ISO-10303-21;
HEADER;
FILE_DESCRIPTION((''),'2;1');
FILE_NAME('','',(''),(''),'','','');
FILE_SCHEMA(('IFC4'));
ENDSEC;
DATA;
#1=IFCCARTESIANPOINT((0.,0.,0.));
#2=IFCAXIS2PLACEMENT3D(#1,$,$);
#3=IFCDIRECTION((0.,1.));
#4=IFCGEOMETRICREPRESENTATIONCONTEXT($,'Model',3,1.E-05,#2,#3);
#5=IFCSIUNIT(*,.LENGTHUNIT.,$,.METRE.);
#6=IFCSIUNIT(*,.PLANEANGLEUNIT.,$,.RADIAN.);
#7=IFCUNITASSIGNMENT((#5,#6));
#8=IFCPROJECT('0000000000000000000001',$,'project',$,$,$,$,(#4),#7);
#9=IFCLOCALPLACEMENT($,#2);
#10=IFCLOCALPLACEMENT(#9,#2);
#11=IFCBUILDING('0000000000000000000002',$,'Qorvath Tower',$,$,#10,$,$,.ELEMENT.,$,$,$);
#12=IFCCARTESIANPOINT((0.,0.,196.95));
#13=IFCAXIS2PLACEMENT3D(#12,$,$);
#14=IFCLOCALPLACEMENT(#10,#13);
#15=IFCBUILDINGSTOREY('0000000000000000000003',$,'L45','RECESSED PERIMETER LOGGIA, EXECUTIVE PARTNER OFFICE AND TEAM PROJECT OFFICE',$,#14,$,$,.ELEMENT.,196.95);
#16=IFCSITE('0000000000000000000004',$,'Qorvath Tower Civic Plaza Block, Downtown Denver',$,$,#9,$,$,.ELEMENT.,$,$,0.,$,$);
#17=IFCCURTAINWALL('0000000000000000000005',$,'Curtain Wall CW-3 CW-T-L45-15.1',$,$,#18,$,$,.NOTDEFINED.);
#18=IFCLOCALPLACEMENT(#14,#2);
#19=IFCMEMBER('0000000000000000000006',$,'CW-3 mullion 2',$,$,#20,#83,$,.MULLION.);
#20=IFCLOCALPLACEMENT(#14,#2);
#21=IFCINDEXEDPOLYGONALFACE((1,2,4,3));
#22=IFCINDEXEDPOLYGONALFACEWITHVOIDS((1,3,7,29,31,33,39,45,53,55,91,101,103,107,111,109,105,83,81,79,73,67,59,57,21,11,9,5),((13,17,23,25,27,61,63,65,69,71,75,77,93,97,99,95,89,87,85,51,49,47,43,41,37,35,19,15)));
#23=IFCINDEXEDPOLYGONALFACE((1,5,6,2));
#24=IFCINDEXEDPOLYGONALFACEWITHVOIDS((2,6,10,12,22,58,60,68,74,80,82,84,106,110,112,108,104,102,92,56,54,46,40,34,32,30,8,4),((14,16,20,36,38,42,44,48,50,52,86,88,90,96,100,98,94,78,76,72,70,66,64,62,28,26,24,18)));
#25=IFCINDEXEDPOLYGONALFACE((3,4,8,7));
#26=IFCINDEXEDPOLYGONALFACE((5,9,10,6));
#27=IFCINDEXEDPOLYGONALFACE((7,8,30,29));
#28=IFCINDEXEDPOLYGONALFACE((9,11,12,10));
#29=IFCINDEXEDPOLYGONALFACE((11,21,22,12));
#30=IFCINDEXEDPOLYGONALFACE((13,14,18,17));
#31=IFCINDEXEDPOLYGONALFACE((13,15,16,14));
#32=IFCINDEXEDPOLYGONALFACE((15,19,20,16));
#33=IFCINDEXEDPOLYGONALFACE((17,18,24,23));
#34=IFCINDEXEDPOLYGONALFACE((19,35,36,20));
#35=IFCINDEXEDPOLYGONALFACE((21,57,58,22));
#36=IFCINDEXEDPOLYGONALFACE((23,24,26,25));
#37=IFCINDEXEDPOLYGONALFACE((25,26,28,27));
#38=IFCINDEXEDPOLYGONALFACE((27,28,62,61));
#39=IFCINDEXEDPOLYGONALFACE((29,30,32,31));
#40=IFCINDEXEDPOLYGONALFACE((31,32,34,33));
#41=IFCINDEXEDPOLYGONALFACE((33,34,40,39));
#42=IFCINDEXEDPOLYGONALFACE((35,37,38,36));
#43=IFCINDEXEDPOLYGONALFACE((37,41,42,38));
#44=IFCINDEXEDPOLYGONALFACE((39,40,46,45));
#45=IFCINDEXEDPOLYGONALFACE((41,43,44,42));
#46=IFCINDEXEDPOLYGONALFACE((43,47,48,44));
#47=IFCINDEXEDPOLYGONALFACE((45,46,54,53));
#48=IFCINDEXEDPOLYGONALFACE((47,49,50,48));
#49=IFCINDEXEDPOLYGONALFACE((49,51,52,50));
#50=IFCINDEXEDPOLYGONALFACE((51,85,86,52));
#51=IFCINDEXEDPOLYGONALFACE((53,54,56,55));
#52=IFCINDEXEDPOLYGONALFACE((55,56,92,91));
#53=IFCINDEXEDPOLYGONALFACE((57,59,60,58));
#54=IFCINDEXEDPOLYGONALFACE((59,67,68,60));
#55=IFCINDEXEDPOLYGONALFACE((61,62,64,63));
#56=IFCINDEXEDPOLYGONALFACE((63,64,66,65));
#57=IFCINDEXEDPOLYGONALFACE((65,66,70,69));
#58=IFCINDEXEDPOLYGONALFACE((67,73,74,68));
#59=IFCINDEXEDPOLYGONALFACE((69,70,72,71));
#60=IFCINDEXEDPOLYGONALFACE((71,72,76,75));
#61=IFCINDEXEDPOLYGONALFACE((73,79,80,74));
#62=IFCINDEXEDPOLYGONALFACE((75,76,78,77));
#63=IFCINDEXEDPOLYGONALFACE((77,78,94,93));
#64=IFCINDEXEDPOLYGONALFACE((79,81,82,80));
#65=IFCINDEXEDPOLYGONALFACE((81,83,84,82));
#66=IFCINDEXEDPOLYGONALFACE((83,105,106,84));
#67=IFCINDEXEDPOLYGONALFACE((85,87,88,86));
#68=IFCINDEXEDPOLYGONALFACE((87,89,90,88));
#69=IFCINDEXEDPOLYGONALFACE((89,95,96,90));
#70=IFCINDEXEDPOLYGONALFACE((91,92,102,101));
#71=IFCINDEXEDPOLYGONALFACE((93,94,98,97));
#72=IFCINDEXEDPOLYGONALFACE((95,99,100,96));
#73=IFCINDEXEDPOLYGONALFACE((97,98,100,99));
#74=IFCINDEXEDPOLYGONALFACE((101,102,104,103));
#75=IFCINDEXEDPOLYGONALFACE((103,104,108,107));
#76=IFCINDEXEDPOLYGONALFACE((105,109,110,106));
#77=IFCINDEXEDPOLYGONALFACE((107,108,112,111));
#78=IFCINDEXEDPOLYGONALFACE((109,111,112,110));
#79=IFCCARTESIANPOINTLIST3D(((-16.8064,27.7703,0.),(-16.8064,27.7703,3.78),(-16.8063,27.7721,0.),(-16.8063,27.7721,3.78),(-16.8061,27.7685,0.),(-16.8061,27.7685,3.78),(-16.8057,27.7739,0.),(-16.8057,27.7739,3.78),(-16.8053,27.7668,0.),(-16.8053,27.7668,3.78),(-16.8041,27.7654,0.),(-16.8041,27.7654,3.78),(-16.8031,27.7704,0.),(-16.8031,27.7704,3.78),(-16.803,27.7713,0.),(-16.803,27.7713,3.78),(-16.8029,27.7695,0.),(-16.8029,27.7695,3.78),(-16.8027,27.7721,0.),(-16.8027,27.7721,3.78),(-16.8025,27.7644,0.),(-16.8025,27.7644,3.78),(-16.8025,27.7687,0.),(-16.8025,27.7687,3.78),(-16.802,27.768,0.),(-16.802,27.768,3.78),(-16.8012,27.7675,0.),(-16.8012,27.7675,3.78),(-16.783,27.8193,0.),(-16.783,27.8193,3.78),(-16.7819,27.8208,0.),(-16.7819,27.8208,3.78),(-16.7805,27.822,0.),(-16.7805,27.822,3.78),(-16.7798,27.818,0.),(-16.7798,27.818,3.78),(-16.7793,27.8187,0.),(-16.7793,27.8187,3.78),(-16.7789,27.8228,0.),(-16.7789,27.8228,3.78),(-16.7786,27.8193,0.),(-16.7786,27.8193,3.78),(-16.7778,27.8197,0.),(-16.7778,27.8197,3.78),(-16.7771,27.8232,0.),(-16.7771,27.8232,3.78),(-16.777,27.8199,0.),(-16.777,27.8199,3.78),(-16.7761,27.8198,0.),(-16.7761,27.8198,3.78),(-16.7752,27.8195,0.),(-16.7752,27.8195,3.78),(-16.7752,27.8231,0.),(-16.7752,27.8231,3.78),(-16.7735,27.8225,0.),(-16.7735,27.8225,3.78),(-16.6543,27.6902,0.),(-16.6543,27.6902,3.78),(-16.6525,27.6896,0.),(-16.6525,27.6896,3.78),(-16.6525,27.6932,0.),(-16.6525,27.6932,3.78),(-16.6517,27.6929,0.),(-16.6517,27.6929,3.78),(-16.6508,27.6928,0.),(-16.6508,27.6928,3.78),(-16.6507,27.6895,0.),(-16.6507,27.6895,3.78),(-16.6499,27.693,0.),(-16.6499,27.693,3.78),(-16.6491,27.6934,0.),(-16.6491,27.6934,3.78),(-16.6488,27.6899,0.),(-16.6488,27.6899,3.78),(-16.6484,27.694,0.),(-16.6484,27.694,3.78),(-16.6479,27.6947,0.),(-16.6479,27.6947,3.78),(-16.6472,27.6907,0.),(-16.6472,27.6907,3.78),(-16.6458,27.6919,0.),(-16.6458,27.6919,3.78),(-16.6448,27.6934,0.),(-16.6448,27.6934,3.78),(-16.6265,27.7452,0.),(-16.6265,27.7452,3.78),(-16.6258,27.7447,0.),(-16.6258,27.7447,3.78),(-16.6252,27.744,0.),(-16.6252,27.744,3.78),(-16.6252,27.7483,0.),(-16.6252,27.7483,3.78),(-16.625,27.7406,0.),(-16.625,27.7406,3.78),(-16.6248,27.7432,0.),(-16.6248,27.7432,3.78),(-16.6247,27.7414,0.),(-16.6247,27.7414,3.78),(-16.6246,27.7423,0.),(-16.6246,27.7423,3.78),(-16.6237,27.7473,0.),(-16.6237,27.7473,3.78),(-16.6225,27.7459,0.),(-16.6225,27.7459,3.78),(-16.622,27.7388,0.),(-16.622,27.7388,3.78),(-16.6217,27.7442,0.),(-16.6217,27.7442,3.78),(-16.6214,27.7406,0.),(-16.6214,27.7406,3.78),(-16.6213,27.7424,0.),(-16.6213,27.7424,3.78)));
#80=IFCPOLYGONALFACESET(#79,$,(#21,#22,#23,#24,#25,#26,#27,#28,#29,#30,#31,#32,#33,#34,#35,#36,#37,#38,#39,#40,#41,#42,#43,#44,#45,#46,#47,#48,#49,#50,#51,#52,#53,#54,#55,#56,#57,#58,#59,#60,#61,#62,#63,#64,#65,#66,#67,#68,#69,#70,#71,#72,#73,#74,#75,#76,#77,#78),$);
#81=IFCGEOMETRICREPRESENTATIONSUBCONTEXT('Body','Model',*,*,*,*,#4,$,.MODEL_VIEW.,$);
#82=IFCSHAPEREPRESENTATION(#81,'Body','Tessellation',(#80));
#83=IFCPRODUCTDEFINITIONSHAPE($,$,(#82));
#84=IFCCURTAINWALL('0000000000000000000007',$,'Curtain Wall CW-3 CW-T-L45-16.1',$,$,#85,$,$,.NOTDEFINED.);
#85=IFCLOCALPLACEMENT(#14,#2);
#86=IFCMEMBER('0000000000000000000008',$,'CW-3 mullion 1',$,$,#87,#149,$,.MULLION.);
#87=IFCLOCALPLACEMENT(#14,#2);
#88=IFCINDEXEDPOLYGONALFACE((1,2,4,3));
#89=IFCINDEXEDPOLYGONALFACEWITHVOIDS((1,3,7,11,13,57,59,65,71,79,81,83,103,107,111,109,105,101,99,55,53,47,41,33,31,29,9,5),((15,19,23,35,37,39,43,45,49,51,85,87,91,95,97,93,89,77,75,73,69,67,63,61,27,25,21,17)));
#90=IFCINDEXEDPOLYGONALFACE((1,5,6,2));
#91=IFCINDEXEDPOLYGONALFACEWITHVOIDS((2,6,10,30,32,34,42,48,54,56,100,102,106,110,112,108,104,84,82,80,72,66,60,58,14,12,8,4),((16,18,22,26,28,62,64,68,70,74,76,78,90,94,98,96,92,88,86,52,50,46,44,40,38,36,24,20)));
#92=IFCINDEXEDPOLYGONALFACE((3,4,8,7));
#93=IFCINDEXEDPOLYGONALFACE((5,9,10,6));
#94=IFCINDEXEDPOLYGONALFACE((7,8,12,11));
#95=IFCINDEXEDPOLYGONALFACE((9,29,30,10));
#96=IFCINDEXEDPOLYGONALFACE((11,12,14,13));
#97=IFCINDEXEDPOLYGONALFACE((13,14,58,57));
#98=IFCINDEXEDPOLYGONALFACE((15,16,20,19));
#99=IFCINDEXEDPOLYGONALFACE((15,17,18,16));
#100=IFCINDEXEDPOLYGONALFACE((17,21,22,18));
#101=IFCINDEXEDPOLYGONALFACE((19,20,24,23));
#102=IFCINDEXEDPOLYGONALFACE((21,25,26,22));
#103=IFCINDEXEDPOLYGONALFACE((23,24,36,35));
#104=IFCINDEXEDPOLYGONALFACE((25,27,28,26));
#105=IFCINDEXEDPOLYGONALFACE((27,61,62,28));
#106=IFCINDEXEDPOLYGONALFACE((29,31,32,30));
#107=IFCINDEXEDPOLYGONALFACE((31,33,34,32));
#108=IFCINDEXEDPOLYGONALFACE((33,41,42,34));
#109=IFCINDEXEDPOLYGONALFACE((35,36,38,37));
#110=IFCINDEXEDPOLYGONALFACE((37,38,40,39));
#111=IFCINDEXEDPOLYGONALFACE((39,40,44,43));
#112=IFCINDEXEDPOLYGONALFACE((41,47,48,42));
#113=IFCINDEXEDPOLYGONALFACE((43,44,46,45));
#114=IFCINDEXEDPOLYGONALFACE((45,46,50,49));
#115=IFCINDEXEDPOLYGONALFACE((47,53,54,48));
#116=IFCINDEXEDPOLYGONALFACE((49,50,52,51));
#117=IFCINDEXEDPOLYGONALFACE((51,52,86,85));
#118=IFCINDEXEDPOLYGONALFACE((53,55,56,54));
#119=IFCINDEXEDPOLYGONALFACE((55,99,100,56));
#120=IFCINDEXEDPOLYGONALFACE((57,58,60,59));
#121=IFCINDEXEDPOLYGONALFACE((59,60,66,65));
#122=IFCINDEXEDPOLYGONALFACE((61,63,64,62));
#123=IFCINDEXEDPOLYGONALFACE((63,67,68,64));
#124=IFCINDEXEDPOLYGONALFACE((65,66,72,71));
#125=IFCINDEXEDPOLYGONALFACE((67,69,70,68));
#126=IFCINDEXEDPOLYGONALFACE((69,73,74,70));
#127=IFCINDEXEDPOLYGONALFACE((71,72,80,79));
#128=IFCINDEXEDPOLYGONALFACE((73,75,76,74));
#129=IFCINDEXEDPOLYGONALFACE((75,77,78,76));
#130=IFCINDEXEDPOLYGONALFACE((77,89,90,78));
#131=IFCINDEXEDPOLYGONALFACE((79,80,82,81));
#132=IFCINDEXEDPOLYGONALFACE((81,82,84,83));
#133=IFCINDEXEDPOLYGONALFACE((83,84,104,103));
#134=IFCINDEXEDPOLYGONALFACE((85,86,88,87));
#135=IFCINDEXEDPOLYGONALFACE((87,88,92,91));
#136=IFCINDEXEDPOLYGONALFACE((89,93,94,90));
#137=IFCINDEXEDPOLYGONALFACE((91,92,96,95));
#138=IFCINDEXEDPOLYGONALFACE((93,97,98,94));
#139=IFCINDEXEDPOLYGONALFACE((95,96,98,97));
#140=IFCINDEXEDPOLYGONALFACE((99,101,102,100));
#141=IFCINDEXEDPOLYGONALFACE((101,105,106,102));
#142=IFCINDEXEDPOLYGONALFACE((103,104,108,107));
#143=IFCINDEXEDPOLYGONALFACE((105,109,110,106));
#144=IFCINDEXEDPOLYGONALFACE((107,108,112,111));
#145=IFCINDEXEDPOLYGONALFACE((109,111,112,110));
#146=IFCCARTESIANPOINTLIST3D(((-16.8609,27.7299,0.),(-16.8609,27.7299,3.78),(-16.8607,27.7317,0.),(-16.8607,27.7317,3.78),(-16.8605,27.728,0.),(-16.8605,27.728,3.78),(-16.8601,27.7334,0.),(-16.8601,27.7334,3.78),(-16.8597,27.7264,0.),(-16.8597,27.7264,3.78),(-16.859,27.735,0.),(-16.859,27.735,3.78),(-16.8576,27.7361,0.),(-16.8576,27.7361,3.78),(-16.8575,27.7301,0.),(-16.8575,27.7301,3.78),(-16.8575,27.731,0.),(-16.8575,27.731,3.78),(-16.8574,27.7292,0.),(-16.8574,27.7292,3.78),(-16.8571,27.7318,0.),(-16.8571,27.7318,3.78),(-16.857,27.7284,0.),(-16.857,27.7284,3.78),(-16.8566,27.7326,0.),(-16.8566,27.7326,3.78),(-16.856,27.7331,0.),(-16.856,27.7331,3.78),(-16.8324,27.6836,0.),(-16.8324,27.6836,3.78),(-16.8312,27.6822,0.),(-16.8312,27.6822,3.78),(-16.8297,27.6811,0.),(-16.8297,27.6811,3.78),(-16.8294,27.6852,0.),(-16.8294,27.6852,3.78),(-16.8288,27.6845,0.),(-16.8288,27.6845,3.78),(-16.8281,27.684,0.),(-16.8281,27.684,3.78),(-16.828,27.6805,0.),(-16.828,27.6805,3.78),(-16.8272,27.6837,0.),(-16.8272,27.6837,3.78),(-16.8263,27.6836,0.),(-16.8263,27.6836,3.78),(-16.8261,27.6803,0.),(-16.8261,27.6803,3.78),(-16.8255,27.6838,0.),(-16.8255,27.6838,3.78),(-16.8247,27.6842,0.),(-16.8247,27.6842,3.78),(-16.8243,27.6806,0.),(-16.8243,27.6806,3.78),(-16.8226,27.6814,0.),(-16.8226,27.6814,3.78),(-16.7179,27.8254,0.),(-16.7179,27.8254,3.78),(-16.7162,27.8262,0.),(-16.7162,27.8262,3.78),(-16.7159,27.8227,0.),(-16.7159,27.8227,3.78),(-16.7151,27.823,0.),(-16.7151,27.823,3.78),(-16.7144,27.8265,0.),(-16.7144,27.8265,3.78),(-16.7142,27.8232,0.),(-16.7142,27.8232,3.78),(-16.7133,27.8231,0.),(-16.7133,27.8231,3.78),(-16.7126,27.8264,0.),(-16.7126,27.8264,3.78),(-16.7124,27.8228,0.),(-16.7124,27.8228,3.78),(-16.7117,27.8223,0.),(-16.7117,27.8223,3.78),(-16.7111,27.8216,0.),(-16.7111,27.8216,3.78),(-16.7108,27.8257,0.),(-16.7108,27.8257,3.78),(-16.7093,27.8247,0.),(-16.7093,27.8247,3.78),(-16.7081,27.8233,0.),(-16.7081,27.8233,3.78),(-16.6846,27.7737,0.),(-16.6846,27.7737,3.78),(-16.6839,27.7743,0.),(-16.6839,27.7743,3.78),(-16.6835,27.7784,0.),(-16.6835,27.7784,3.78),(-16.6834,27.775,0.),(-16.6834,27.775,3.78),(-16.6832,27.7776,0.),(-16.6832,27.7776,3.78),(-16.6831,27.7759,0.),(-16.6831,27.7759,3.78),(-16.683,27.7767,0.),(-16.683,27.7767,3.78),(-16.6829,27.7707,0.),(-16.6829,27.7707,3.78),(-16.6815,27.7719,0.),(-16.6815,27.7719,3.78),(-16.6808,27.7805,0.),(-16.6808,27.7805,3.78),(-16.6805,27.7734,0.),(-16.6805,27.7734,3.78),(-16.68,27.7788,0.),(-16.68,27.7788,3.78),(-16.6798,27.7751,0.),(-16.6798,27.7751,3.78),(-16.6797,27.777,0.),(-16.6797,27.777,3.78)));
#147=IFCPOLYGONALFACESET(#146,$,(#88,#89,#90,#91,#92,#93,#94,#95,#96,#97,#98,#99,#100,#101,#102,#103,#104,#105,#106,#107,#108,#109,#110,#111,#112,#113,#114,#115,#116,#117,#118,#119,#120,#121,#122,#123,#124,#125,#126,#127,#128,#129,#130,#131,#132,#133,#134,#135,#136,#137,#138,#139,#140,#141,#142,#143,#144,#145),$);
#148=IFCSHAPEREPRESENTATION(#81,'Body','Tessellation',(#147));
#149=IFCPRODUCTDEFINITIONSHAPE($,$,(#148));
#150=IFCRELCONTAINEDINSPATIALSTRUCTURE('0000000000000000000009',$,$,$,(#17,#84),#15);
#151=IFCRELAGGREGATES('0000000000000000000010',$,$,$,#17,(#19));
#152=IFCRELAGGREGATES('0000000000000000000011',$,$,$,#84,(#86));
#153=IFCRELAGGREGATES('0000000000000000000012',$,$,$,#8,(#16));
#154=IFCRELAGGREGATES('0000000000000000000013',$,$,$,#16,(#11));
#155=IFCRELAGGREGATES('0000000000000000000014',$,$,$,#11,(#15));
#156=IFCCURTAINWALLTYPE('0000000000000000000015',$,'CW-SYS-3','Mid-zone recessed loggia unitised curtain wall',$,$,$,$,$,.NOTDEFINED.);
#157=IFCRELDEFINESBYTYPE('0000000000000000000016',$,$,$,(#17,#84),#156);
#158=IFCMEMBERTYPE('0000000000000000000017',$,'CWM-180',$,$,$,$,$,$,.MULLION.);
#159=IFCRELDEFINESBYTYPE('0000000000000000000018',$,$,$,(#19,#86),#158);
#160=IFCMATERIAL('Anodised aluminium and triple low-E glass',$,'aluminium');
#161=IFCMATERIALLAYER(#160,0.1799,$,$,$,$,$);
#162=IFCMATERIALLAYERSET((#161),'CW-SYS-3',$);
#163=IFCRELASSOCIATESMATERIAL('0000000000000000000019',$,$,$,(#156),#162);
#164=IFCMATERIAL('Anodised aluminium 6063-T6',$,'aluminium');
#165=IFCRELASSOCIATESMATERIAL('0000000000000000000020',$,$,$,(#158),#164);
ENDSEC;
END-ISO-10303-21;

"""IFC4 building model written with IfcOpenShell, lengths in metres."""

from ifc_helpers import new_model, si_unit, direction, frame, origin, origin_2d, place, context, subcontext, project, spatial, hollow_rectangle, extrude, material, layer, layer_set, material_profile, profile_set, type_object, element, aggregate, save


model = new_model("IFC4")

# Units and contexts
model_context = context("Model", 3, precision=1e-05, world=origin(), true_north=direction((0.0, 1.0)))
body_context = subcontext(model_context, "Body", "Model", "MODEL_VIEW")
ifc_project = project(units=[si_unit("LENGTHUNIT", "METRE"), si_unit("PLANEANGLEUNIT", "RADIAN")], contexts=[model_context])

# Site, building, storey
site_placement = place(None, origin())
site = spatial("IfcSite", under=ifc_project, at=site_placement, Name="Qorvath Tower Civic Plaza Block, Downtown Denver", CompositionType="ELEMENT", RefElevation=0.0)
building_placement = place(site_placement, origin())
building = spatial("IfcBuilding", under=site, at=building_placement, Name="Qorvath Tower", CompositionType="ELEMENT")
storey_placement = place(building_placement, frame((0.0, 0.0, 196.95)))
storey = spatial("IfcBuildingStorey", under=building, at=storey_placement, Name="L45", Description="RECESSED PERIMETER LOGGIA, EXECUTIVE PARTNER OFFICE AND TEAM PROJECT OFFICE", CompositionType="ELEMENT", Elevation=196.95)

# Shared definitions
ifc_material_1 = material(Name="Anodised aluminium and triple low-E glass", Category="aluminium")
ifc_layer_1 = layer(ifc_material_1, 0.1799)
ifc_layer_set_1 = layer_set([ifc_layer_1], Name="CW-SYS-3")
curtain_wall_type = type_object("IfcCurtainWallType", Name="CW-SYS-3", Description="Mid-zone recessed loggia unitised curtain wall", PredefinedType="NOTDEFINED", material=ifc_layer_set_1)
ifc_material_2 = material(Name="Anodised aluminium 6063-T6", Category="aluminium")
ifc_material_profile_1 = material_profile(ifc_material_2, hollow_rectangle(XDim=0.0649, YDim=0.1799, WallThickness=0.0034, InnerFilletRadius=0.0034, OuterFilletRadius=0.0071, at=origin_2d()), Name="CWM 180x65")
ifc_profile_set_1 = profile_set([ifc_material_profile_1], Name="Anodised aluminium 6063-T6")
member_type_1 = type_object("IfcMemberType", Name="CWM-180", PredefinedType="MULLION", material=ifc_profile_set_1)

# Curtain wall, member
curtain_wall_1_placement = place(storey_placement, origin())
curtain_wall_1 = element("IfcCurtainWall", 1, at=curtain_wall_1_placement, inside=storey, type_object=curtain_wall_type, Name="Curtain Wall CW-3 CW-T-L45-15.1", PredefinedType="NOTDEFINED")
member_1_placement = place(storey_placement, frame((-16.7139, 27.7563, 0.0), z_axis=(0.0, 0.0, 1.0), x_axis=(-0.447205, -0.894432, 0.0)))
member_1 = element("IfcMember", 2, at=member_1_placement, type_object=member_type_1, Name="CW-3 mullion 2", PredefinedType="MULLION", context=body_context, shape_type="SweptSolid", body=[
    extrude(hollow_rectangle(XDim=0.0649, YDim=0.1799, WallThickness=0.0034, InnerFilletRadius=0.0034, OuterFilletRadius=0.0071, at=origin_2d()), origin(), (0.0, 0.0, 1.0), 3.78),
])

# Curtain wall, member
curtain_wall_2_placement = place(storey_placement, origin())
curtain_wall_2 = element("IfcCurtainWall", 3, at=curtain_wall_2_placement, inside=storey, type_object=curtain_wall_type, Name="Curtain Wall CW-3 CW-T-L45-16.1", PredefinedType="NOTDEFINED")
member_2_placement = place(storey_placement, frame((-16.7703, 27.7534, 0.0), z_axis=(0.0, 0.0, 1.0), x_axis=(0.538534, -0.842604, 0.0)))
member_2 = element("IfcMember", 4, at=member_2_placement, type_object=member_type_1, Name="CW-3 mullion 1", PredefinedType="MULLION", context=body_context, shape_type="SweptSolid", body=[
    extrude(hollow_rectangle(XDim=0.0649, YDim=0.1799, WallThickness=0.0034, InnerFilletRadius=0.0034, OuterFilletRadius=0.0071, at=origin_2d()), origin(), (0.0, 0.0, 1.0), 3.78),
])

aggregate(curtain_wall_1, [member_1])
aggregate(curtain_wall_2, [member_2])

save(model, "model.ifc")
